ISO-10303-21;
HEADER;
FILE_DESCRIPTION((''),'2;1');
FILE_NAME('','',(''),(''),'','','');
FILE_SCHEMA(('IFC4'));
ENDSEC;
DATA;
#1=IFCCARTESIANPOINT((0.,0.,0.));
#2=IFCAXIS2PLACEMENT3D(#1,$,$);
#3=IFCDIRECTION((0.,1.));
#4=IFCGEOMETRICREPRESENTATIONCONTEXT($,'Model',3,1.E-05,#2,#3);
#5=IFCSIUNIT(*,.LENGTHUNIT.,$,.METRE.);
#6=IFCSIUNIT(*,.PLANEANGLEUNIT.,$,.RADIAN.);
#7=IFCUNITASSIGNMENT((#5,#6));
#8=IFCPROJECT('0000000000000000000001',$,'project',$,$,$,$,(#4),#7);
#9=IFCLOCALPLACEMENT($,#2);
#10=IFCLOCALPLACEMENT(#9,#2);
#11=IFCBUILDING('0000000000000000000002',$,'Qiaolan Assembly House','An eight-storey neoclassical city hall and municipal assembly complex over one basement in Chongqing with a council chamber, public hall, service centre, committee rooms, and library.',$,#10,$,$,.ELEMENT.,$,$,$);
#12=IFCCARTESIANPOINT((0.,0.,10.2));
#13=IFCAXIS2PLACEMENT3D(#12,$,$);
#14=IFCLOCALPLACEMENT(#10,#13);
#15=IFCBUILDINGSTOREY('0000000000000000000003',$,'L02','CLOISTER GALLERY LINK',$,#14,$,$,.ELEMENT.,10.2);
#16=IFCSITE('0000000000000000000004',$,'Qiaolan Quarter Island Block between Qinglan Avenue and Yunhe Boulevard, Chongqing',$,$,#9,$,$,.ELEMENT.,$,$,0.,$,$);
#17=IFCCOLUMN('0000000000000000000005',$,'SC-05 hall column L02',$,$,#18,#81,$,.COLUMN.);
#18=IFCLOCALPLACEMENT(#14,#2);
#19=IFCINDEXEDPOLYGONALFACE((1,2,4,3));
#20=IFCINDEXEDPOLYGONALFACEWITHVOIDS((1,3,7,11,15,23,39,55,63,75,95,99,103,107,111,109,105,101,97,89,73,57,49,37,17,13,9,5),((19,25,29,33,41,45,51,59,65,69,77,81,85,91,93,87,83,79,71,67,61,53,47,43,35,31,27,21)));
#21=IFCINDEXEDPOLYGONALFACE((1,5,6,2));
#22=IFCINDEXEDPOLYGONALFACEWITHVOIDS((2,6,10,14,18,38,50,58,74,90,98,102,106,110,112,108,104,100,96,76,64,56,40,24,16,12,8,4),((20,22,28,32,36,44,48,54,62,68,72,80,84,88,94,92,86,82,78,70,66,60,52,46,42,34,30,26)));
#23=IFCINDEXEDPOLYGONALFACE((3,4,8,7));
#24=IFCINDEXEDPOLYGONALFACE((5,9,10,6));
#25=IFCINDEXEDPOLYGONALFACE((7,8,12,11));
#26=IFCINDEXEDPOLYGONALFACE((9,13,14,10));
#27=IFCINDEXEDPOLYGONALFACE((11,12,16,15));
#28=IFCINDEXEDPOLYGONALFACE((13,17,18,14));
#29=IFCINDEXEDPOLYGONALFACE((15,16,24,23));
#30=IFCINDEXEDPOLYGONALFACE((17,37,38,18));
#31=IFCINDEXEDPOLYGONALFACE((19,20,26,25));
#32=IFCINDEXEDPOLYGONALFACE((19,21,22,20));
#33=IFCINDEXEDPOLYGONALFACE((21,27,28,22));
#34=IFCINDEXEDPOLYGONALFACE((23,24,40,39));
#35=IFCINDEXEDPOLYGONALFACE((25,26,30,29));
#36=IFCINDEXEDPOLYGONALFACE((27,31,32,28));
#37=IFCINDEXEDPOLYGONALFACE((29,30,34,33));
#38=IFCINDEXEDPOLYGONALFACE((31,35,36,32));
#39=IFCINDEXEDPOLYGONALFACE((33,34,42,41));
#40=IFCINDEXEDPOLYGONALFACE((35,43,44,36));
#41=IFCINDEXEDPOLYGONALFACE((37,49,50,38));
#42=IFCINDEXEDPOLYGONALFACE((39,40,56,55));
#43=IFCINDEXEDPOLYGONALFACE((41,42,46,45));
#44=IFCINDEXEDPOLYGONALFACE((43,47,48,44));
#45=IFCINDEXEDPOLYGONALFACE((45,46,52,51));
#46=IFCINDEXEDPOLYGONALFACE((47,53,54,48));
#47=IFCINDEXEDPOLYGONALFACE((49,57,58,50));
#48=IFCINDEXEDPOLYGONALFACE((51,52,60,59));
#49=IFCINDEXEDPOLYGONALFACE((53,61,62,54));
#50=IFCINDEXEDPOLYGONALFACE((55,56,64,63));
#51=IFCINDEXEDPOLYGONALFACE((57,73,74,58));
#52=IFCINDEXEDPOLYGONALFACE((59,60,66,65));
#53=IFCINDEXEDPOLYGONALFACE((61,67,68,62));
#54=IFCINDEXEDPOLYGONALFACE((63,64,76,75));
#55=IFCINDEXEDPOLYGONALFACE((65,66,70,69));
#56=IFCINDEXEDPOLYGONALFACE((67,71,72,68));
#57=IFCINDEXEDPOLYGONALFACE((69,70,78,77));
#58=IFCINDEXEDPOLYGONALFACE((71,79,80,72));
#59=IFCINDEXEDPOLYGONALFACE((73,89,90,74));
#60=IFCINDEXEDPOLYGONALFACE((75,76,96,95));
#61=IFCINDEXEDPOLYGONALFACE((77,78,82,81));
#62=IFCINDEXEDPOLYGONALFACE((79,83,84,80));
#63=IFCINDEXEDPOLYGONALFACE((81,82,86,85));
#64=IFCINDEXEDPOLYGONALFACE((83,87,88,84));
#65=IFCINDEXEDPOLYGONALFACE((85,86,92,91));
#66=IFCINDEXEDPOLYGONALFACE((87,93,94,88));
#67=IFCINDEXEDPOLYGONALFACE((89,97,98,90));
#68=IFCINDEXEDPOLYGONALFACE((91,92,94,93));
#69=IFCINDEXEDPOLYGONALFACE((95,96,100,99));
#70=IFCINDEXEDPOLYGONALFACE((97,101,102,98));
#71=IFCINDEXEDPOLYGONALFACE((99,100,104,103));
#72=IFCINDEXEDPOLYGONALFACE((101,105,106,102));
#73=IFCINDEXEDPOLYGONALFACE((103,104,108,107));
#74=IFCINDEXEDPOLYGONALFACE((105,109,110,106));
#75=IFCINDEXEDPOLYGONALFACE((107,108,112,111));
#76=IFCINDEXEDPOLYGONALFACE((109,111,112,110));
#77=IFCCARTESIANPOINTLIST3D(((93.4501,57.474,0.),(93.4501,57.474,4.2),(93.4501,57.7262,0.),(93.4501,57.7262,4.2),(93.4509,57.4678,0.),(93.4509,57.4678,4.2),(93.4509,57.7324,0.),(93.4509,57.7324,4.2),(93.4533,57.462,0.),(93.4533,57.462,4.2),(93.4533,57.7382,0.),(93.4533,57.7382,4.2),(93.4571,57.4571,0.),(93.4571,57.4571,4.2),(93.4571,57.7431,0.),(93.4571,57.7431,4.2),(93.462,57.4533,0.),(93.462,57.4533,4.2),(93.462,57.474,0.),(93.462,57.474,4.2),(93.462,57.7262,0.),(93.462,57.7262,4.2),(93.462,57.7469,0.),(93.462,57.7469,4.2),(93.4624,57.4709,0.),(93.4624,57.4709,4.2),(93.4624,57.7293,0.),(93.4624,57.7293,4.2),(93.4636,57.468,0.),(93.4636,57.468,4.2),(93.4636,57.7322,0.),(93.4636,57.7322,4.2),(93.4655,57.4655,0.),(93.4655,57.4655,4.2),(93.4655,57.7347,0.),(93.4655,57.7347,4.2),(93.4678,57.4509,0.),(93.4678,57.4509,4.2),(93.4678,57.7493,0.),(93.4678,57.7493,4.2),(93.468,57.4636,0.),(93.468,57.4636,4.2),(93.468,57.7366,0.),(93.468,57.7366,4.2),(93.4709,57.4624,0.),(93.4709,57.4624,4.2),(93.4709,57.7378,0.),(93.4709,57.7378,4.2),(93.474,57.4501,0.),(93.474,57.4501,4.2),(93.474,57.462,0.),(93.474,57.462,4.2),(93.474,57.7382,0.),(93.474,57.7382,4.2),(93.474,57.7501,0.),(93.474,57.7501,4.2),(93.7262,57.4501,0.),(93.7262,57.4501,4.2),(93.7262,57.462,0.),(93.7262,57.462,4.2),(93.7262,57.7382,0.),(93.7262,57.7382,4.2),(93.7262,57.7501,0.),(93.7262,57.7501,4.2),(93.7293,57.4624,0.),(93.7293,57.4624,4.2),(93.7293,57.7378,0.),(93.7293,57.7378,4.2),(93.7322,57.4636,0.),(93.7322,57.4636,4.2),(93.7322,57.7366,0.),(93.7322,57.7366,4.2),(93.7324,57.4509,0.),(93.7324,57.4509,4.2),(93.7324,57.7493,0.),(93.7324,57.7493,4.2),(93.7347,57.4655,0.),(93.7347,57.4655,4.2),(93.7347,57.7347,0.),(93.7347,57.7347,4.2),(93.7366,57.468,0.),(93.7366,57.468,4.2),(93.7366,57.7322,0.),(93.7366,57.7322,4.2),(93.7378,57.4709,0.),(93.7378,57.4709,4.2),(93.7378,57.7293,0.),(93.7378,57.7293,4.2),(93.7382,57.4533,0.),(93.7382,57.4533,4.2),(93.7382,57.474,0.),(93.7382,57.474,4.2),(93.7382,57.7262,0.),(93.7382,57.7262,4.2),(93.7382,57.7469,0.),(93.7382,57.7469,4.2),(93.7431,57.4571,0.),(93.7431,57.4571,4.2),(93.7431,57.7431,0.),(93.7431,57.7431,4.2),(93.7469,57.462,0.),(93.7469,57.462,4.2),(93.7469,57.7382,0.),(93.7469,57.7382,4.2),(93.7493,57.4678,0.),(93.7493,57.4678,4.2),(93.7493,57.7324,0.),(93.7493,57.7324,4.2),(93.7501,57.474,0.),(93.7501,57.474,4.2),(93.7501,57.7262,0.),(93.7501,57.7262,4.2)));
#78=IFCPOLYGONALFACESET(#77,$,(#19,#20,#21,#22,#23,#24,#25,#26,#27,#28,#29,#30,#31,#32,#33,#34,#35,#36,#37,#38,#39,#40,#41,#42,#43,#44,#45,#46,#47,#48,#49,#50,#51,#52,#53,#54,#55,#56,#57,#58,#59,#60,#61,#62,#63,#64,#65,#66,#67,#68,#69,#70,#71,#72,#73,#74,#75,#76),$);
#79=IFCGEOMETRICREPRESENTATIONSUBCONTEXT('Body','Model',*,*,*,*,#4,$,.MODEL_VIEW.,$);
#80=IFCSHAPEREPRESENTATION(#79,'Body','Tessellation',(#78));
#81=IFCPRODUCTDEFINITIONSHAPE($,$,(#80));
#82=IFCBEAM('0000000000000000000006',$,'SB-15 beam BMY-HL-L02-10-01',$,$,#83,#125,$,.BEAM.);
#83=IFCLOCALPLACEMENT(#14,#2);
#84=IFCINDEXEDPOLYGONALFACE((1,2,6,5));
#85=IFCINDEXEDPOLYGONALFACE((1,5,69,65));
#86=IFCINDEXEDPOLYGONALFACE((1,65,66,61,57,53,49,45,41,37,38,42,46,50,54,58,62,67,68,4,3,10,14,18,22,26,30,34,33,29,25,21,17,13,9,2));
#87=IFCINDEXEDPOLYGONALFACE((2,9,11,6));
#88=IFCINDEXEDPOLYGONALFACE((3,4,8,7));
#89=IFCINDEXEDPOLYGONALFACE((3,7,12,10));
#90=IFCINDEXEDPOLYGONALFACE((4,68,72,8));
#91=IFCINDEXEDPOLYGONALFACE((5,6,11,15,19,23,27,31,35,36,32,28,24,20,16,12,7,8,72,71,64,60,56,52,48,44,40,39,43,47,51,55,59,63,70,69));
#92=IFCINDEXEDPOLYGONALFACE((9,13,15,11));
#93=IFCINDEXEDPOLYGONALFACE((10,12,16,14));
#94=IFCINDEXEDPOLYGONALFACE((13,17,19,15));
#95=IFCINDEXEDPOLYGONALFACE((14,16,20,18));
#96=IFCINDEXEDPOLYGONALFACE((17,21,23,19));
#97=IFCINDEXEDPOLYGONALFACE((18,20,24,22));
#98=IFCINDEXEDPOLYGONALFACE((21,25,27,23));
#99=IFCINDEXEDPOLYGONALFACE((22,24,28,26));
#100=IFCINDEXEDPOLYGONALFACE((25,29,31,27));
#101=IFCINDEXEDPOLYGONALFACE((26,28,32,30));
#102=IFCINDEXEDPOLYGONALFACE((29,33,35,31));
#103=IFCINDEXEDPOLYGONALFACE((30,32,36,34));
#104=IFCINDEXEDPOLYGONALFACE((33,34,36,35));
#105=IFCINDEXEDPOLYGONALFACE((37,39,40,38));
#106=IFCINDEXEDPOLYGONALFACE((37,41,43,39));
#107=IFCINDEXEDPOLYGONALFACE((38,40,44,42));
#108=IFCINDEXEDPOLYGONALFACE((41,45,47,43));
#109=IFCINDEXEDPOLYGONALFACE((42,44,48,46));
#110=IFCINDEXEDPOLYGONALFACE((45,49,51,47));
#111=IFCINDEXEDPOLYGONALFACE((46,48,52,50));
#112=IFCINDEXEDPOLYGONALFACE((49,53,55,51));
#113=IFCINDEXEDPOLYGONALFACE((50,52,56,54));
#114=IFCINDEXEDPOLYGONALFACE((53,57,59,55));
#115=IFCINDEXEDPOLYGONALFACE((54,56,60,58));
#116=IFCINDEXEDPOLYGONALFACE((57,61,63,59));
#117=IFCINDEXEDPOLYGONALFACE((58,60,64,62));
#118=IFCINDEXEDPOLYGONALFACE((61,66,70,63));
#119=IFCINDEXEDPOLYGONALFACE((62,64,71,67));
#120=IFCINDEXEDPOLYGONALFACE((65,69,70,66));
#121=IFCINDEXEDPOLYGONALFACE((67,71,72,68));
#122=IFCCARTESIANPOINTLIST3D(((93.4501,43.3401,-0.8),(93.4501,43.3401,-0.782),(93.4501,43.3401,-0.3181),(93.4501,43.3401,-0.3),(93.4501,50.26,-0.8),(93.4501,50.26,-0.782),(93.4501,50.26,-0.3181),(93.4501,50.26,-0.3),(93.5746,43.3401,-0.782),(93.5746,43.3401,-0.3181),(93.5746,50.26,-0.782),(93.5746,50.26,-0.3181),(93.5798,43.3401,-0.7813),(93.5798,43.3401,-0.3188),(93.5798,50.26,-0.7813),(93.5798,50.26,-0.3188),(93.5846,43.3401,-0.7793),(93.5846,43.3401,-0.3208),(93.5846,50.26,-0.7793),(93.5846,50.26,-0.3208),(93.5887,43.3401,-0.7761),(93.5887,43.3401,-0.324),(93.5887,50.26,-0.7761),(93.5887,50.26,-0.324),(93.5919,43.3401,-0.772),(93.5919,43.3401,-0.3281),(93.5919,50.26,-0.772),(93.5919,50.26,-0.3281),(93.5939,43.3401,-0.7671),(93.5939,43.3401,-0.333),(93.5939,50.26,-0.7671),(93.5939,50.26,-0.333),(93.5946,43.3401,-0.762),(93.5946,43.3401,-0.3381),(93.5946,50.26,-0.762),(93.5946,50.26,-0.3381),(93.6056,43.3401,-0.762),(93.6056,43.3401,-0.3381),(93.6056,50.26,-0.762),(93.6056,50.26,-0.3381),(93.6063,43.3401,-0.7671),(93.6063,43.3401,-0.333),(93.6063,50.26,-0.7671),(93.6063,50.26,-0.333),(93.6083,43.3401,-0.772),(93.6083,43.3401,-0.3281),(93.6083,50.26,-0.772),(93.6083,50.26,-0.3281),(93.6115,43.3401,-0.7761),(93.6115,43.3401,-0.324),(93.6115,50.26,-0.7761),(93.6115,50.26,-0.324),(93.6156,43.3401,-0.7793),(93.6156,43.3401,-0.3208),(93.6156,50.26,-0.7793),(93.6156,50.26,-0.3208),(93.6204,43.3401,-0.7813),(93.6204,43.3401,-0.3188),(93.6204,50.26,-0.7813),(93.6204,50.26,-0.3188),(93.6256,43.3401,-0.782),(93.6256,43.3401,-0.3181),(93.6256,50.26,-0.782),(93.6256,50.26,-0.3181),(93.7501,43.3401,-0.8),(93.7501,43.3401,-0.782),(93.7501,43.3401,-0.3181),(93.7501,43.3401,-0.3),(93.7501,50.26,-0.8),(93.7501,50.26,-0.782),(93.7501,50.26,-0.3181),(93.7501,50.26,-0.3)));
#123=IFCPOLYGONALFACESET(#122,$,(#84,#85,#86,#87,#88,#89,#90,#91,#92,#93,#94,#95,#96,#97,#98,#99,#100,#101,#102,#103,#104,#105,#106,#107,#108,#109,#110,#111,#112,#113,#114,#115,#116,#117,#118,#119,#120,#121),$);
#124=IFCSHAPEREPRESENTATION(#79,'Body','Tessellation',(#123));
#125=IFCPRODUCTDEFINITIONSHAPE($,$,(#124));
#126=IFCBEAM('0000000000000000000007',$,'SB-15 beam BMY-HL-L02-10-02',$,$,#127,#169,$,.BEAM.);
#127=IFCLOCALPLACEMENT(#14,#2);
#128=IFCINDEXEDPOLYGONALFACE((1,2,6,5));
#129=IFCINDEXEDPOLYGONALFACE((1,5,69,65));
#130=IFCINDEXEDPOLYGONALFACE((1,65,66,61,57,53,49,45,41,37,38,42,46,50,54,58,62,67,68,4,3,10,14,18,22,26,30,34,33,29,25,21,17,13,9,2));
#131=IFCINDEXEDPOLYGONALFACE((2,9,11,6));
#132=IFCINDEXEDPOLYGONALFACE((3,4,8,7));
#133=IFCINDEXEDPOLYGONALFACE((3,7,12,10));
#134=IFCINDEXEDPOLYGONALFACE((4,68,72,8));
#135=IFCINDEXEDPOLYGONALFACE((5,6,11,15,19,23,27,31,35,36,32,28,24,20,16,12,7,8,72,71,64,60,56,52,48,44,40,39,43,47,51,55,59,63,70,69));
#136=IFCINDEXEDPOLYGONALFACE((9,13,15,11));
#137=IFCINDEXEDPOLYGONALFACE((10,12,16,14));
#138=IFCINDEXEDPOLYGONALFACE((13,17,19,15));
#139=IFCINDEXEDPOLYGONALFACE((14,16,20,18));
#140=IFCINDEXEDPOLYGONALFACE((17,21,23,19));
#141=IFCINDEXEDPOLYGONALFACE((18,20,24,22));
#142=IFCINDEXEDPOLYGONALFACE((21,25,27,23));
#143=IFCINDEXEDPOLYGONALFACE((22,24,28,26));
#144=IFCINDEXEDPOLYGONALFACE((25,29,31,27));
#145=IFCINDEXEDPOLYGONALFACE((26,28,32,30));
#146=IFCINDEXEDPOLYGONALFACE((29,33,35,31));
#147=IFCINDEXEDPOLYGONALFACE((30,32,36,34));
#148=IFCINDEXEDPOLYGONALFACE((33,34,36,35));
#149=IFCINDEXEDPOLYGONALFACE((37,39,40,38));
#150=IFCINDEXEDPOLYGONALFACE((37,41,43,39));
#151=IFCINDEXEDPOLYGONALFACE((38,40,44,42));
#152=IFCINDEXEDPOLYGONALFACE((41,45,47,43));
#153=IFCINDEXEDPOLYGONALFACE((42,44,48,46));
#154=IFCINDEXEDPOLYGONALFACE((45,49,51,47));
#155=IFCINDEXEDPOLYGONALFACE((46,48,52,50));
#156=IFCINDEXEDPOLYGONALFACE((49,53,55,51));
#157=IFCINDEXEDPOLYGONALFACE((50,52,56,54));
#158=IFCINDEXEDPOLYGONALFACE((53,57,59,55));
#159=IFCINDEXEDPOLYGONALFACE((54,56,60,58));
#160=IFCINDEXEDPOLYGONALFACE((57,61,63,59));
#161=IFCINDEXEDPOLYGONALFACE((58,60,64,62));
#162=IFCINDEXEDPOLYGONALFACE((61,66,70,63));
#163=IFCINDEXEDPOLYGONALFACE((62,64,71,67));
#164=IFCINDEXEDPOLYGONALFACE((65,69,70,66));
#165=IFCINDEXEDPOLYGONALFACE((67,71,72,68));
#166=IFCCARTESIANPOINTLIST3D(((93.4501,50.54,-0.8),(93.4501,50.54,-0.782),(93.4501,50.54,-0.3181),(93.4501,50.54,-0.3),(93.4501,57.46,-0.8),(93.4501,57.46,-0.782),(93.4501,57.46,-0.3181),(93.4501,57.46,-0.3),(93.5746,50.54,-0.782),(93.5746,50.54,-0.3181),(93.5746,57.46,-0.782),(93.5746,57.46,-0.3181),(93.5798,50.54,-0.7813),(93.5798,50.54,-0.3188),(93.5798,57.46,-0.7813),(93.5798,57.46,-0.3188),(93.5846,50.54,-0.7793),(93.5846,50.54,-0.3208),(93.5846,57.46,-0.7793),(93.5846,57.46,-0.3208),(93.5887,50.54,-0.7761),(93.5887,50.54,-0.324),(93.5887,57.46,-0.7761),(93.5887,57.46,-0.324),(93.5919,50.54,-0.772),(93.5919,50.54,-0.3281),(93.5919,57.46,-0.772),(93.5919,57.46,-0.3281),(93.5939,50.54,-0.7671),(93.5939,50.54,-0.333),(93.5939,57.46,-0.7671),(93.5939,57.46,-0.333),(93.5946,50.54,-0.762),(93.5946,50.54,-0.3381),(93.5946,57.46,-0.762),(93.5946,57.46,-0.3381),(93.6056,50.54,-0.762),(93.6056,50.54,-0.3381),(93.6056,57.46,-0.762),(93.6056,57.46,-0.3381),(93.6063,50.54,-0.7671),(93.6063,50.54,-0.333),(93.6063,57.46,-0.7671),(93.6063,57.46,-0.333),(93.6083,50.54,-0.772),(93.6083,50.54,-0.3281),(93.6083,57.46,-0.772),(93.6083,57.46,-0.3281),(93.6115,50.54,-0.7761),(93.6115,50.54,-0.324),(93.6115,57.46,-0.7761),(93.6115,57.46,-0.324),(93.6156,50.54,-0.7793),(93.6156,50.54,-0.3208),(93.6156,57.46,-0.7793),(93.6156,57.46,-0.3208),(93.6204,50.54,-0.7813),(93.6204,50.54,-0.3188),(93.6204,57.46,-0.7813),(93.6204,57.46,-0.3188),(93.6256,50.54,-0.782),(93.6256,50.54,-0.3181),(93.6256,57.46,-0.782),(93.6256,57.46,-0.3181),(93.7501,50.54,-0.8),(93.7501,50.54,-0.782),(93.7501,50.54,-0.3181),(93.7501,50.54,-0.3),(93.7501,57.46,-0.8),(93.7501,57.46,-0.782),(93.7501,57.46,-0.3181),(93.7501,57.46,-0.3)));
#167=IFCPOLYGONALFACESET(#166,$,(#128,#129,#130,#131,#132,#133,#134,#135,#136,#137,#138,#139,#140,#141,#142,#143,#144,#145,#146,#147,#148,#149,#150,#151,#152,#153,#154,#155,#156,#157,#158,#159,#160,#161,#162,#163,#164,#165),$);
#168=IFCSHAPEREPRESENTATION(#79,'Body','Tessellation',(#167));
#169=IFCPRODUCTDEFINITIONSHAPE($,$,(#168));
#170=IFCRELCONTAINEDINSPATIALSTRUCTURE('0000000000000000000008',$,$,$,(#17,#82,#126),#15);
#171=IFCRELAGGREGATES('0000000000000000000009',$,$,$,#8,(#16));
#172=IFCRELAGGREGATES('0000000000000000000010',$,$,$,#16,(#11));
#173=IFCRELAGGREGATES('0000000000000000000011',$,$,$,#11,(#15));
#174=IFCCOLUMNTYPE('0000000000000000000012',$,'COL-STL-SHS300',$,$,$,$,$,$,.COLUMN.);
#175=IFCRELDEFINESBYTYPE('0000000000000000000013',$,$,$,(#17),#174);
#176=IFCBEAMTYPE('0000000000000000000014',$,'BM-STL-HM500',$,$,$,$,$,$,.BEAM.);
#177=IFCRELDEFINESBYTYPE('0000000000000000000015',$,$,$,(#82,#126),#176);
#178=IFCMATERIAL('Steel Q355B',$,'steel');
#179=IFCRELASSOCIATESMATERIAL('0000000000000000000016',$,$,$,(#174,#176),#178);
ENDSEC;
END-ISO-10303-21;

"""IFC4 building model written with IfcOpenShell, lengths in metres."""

from ifc_helpers import new_model, si_unit, direction, frame, origin, origin_2d, place, context, subcontext, project, spatial, hollow_rectangle, i_section, extrude, material, material_profile, profile_set, type_object, element, save


model = new_model("IFC4")

# Units and contexts
model_context = context("Model", 3, precision=1e-05, world=origin(), true_north=direction((0.0, 1.0)))
body_context = subcontext(model_context, "Body", "Model", "MODEL_VIEW")
ifc_project = project(units=[si_unit("LENGTHUNIT", "METRE"), si_unit("PLANEANGLEUNIT", "RADIAN")], contexts=[model_context])

# Site, building, storey
site_placement = place(None, origin())
site = spatial("IfcSite", under=ifc_project, at=site_placement, Name="Qiaolan Quarter Island Block between Qinglan Avenue and Yunhe Boulevard, Chongqing", CompositionType="ELEMENT", RefElevation=0.0)
building_placement = place(site_placement, origin())
building = spatial("IfcBuilding", under=site, at=building_placement, Name="Qiaolan Assembly House", Description="An eight-storey neoclassical city hall and municipal assembly complex over one basement in Chongqing with a council chamber, public hall, service centre, committee rooms, and library.", CompositionType="ELEMENT")
storey_placement = place(building_placement, frame((0.0, 0.0, 10.2)))
storey = spatial("IfcBuildingStorey", under=building, at=storey_placement, Name="L02", Description="CLOISTER GALLERY LINK", CompositionType="ELEMENT", Elevation=10.2)

# Column
ifc_material_1 = material(Name="Steel Q355B", Category="steel")
ifc_material_profile_1 = material_profile(ifc_material_1, hollow_rectangle(XDim=0.3, YDim=0.3, WallThickness=0.012, InnerFilletRadius=0.012, OuterFilletRadius=0.0239, at=origin_2d()), Name="SHS 300x300x12")
ifc_profile_set_1 = profile_set([ifc_material_profile_1], Name="Steel Q355B")
column_type_1 = type_object("IfcColumnType", Name="COL-STL-SHS300", PredefinedType="COLUMN", material=ifc_profile_set_1)
for number, where, z_axis, x_axis, name in (
    (1, (93.6001, 57.6001, 0.0), (0.0, 0.0, 1.0), (1.0, 0.0, 0.0), "SC-05 hall column L02"),
):
    element("IfcColumn", number, at=place(storey_placement, frame(where, z_axis=z_axis, x_axis=x_axis)), inside=storey, type_object=column_type_1, Name=name, PredefinedType="COLUMN", context=body_context, shape_type="SweptSolid", body=[
        extrude(hollow_rectangle(XDim=0.3, YDim=0.3, WallThickness=0.012, InnerFilletRadius=0.012, OuterFilletRadius=0.0239, at=origin_2d()), origin(), (0.0, 0.0, 1.0), 4.2),
    ])

# Beams
ifc_material_profile_2 = material_profile(ifc_material_1, i_section(OverallWidth=0.3, OverallDepth=0.5, WebThickness=0.011, FlangeThickness=0.0181, FilletRadius=0.02, at=origin_2d()), Name="HM 500x300x11x18")
ifc_profile_set_2 = profile_set([ifc_material_profile_2], Name="Steel Q355B")
beam_type_1 = type_object("IfcBeamType", Name="BM-STL-HM500", PredefinedType="BEAM", material=ifc_profile_set_2)
for number, where, z_axis, x_axis, name in (
    (2, (93.6001, 43.3401, -0.55), (0.0, 1.0, 0.0), (-1.0, 0.0, 0.0), "SB-15 beam BMY-HL-L02-10-01"),
    (3, (93.6001, 50.54, -0.55), (0.0, 1.0, 0.0), (-1.0, 0.0, 0.0), "SB-15 beam BMY-HL-L02-10-02"),
):
    element("IfcBeam", number, at=place(storey_placement, frame(where, z_axis=z_axis, x_axis=x_axis)), inside=storey, type_object=beam_type_1, Name=name, PredefinedType="BEAM", context=body_context, shape_type="SweptSolid", body=[
        extrude(i_section(OverallWidth=0.3, OverallDepth=0.5, WebThickness=0.011, FlangeThickness=0.0181, FilletRadius=0.02, at=origin_2d()), origin(), (0.0, 0.0, 1.0), 6.9199),
    ])

save(model, "model.ifc")
